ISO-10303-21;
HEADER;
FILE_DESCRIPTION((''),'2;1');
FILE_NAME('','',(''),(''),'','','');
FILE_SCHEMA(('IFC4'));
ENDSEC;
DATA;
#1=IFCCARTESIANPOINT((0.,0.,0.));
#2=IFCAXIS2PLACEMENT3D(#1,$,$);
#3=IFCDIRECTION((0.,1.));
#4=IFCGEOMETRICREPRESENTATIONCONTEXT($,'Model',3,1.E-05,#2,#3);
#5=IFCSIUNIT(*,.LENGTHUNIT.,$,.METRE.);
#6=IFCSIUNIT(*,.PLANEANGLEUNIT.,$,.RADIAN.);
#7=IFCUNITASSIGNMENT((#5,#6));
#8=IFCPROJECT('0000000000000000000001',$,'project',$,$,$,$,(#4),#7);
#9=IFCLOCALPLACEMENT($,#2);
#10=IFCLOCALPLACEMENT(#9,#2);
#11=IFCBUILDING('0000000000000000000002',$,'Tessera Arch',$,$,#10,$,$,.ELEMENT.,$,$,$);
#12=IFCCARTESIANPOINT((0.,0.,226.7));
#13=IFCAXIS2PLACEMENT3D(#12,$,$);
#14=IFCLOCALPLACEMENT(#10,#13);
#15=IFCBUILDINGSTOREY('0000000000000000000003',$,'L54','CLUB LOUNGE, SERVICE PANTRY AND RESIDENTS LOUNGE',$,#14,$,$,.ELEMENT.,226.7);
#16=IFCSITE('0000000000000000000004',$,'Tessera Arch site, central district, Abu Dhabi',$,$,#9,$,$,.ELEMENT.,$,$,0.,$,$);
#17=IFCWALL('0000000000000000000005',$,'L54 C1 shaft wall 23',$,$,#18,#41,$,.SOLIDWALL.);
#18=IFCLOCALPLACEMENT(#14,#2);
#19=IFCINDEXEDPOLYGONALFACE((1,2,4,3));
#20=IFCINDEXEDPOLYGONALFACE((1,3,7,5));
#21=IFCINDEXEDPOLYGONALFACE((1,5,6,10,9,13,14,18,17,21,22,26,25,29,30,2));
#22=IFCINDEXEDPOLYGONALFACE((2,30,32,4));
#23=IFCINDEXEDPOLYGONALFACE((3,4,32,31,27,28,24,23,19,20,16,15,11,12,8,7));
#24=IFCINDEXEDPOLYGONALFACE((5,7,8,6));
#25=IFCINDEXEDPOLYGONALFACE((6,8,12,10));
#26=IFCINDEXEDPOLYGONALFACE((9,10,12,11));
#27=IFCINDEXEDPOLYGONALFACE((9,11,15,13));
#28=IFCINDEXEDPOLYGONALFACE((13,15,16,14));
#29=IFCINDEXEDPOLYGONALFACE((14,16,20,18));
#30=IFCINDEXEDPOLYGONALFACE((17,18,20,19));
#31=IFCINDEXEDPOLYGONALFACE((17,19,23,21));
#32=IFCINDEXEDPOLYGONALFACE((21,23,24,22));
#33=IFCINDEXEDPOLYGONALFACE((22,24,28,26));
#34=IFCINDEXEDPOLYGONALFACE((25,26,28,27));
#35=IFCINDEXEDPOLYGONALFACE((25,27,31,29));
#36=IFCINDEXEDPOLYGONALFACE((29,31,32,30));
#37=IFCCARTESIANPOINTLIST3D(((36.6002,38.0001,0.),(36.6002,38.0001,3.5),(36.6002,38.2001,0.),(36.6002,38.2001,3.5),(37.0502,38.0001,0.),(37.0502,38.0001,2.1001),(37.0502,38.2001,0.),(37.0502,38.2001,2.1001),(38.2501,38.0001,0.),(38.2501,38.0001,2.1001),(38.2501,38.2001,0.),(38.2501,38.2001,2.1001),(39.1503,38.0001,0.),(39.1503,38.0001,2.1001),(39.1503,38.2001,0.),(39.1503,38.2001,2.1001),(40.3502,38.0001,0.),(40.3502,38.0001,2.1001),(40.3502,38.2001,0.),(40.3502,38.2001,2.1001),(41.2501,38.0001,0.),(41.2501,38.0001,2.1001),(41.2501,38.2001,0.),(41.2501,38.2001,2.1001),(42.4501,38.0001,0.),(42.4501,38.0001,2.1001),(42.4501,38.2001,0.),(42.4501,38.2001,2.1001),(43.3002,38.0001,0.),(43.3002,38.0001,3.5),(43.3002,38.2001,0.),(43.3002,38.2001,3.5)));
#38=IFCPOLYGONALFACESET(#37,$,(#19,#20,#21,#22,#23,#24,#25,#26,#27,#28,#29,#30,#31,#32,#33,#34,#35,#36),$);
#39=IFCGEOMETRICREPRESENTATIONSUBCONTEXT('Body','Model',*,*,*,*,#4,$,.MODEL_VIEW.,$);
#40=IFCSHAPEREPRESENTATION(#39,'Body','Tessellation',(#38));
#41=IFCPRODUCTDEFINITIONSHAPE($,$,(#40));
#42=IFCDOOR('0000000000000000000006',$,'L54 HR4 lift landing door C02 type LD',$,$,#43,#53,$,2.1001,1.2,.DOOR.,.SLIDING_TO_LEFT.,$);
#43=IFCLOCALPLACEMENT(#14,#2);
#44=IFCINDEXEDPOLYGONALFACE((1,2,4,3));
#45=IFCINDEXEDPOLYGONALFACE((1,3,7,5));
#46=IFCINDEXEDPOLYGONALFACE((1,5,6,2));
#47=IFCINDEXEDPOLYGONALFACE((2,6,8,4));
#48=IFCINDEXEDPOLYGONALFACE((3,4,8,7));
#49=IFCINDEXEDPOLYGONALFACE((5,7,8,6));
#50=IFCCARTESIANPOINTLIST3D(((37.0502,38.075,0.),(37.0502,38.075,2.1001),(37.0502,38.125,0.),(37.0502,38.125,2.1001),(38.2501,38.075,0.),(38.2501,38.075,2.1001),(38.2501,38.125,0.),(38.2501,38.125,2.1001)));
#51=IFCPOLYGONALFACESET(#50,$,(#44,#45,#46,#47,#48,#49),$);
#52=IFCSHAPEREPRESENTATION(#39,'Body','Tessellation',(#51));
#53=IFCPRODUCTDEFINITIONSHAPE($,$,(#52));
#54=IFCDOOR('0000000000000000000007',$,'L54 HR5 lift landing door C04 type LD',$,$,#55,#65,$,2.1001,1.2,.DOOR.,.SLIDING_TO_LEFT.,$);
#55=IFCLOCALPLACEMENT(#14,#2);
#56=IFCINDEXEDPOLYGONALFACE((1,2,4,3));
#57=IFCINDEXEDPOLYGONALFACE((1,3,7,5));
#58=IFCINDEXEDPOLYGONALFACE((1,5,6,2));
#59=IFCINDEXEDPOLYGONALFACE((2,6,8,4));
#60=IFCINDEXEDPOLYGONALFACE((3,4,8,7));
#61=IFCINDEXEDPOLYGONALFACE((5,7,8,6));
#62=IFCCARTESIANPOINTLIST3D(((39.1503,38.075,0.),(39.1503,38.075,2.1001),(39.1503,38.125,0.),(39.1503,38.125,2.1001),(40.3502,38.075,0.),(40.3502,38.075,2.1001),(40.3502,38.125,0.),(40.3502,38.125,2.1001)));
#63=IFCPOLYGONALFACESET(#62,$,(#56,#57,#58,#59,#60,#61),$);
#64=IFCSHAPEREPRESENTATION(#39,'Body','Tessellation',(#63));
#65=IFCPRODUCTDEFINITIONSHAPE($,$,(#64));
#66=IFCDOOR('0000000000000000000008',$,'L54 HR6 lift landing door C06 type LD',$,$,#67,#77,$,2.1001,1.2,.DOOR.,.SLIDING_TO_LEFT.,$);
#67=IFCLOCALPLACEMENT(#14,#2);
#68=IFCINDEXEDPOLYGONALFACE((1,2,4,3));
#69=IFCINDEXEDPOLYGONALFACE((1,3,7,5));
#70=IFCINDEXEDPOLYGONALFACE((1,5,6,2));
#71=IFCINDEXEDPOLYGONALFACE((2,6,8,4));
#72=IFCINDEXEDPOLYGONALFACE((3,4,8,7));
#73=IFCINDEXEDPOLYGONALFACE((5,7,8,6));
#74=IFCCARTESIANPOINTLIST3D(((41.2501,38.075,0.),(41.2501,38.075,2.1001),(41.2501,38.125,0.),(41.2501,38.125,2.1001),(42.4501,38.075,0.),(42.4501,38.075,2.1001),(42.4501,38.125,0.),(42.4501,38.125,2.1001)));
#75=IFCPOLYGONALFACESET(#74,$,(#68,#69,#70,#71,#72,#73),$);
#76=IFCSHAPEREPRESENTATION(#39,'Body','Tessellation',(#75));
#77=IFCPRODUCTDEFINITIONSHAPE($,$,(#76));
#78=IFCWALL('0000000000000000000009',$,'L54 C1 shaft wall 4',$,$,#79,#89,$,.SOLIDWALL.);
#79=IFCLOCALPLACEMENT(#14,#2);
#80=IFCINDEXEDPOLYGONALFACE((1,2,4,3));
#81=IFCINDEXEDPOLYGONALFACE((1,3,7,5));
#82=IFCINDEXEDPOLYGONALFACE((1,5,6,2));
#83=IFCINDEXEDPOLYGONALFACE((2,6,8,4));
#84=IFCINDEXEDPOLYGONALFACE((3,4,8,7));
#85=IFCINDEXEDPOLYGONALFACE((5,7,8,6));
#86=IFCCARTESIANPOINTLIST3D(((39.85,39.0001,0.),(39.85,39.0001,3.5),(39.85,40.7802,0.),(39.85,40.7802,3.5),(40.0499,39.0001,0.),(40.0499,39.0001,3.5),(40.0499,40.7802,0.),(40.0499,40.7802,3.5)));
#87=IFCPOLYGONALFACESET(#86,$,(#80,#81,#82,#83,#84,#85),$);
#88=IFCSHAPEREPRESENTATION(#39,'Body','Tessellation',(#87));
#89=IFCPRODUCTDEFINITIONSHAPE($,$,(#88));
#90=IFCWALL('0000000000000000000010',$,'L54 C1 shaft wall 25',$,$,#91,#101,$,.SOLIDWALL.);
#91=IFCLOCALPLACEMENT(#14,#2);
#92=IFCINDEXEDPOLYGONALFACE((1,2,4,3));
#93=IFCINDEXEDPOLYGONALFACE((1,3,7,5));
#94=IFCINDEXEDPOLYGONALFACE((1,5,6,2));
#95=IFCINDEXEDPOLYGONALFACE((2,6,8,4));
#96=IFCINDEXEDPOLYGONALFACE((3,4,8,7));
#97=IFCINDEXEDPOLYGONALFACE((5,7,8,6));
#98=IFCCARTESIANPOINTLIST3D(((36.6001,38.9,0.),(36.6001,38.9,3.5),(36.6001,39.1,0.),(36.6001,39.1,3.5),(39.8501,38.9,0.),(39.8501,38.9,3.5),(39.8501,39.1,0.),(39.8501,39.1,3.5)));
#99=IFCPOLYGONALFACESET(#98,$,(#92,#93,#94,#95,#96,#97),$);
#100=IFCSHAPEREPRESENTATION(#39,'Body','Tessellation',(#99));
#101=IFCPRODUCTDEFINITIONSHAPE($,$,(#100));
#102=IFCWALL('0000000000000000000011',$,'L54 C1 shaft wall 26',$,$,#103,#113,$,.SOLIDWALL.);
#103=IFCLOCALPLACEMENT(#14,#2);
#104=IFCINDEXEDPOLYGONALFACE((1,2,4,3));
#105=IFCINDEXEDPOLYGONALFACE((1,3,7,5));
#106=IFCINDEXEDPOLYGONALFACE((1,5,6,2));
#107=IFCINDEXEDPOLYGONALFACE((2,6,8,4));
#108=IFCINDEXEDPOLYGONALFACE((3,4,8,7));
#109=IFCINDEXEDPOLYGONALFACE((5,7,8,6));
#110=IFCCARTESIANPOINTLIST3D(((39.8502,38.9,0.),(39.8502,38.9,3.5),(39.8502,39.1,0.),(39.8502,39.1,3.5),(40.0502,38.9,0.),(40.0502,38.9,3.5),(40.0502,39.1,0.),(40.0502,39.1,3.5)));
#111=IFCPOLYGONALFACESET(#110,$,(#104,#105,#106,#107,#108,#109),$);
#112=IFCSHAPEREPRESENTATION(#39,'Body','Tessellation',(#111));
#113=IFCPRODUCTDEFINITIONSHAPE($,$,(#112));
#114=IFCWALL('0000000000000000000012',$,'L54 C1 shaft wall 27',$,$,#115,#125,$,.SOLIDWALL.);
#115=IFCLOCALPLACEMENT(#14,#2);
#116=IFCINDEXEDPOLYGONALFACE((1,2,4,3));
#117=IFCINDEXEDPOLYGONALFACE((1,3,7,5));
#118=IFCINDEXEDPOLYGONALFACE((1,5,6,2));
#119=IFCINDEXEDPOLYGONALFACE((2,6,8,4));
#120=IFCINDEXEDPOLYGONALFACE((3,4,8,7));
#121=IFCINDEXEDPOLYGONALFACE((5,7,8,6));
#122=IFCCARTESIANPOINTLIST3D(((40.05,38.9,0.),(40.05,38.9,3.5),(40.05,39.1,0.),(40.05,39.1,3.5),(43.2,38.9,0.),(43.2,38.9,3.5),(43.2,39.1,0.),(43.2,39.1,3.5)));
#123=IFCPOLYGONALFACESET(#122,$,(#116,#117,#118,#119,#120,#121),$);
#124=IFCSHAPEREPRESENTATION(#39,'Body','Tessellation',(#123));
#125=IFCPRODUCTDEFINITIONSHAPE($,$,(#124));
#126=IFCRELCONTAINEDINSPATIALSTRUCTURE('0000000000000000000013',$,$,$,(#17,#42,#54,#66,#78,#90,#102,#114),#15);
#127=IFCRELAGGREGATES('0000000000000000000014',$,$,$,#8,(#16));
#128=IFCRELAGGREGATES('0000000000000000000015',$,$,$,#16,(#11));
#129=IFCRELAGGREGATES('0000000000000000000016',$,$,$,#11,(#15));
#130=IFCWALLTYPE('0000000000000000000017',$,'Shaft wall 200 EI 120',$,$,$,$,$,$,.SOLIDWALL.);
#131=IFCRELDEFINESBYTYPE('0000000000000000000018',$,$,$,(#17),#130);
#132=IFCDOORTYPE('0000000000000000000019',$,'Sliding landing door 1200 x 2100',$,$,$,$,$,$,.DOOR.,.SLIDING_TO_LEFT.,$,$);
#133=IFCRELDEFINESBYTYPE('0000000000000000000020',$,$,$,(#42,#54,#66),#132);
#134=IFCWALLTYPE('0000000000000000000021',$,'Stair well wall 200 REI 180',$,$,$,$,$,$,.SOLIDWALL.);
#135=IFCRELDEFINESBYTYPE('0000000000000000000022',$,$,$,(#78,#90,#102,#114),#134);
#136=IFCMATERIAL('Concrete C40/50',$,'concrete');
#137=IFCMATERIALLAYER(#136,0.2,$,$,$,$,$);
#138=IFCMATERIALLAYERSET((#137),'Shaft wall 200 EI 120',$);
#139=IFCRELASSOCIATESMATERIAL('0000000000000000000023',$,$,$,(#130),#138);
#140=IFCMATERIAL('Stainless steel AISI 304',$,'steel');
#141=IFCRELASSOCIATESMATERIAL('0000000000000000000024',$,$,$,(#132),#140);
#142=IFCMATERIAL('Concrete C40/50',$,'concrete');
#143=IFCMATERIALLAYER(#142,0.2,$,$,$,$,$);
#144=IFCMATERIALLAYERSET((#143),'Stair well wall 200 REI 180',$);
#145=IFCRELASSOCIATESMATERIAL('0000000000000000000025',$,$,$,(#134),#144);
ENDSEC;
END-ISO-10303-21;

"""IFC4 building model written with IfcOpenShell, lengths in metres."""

from ifc_helpers import new_model, si_unit, direction, frame, frame_2d, origin, place, context, subcontext, project, spatial, rectangle, extrude, material, layer, layer_set, type_object, element, fill, save


model = new_model("IFC4")

# Units and contexts
model_context = context("Model", 3, precision=1e-05, world=origin(), true_north=direction((0.0, 1.0)))
body_context = subcontext(model_context, "Body", "Model", "MODEL_VIEW")
ifc_project = project(units=[si_unit("LENGTHUNIT", "METRE"), si_unit("PLANEANGLEUNIT", "RADIAN")], contexts=[model_context])

# Site, building, storey
site_placement = place(None, origin())
site = spatial("IfcSite", under=ifc_project, at=site_placement, Name="Tessera Arch site, central district, Abu Dhabi", CompositionType="ELEMENT", RefElevation=0.0)
building_placement = place(site_placement, origin())
building = spatial("IfcBuilding", under=site, at=building_placement, Name="Tessera Arch", CompositionType="ELEMENT")
storey_placement = place(building_placement, frame((0.0, 0.0, 226.7)))
storey = spatial("IfcBuildingStorey", under=building, at=storey_placement, Name="L54", Description="CLUB LOUNGE, SERVICE PANTRY AND RESIDENTS LOUNGE", CompositionType="ELEMENT", Elevation=226.7)

# Shared definitions
ifc_material_1 = material(Name="Concrete C40/50", Category="concrete")
ifc_layer_1 = layer(ifc_material_1, 0.2)
ifc_layer_set_1 = layer_set([ifc_layer_1], Name="Shaft wall 200 EI 120")
wall_type_1 = type_object("IfcWallType", Name="Shaft wall 200 EI 120", PredefinedType="SOLIDWALL", material=ifc_layer_set_1)

# Shared definitions
ifc_material_2 = material(Name="Stainless steel AISI 304", Category="steel")
door_type = type_object("IfcDoorType", Name="Sliding landing door 1200 x 2100", OperationType="SLIDING_TO_LEFT", PredefinedType="DOOR", material=ifc_material_2)

# Wall, openings, doors
wall_1_placement = place(storey_placement, frame((36.6001, 38.1001, 0.0), z_axis=(0.0, 0.0, 1.0), x_axis=(1.0, 0.0, 0.0)))
wall_1 = element("IfcWall", 1, at=wall_1_placement, inside=storey, type_object=wall_type_1, Name="L54 C1 shaft wall 23", PredefinedType="SOLIDWALL", context=body_context, shape_type="SweptSolid", body=[
    extrude(rectangle(XDim=6.7, YDim=0.2, at=frame_2d((3.3501, 0.0))), origin(), (0.0, 0.0, 1.0), 3.5),
])
opening_1_placement = place(wall_1_placement, frame((0.45, 0.0, 0.0)))
opening_1 = element("IfcOpeningElement", 2, at=opening_1_placement, cuts=wall_1, PredefinedType="OPENING", context=body_context, shape_type="SweptSolid", body=[
    extrude(rectangle(XDim=1.2, YDim=2.1001, at=frame_2d((0.6001, 1.05))), frame((0.0, 0.1099, 0.0), z_axis=(0.0, -1.0, 0.0), x_axis=(1.0, 0.0, 0.0)), (0.0, 0.0, 1.0), 0.22),
])
opening_2_placement = place(wall_1_placement, frame((2.55, 0.0, 0.0)))
opening_2 = element("IfcOpeningElement", 3, at=opening_2_placement, cuts=wall_1, PredefinedType="OPENING", context=body_context, shape_type="SweptSolid", body=[
    extrude(rectangle(XDim=1.2, YDim=2.1001, at=frame_2d((0.6001, 1.05))), frame((0.0, 0.1099, 0.0), z_axis=(0.0, -1.0, 0.0), x_axis=(1.0, 0.0, 0.0)), (0.0, 0.0, 1.0), 0.22),
])
opening_3_placement = place(wall_1_placement, frame((4.6499, 0.0, 0.0)))
opening_3 = element("IfcOpeningElement", 4, at=opening_3_placement, cuts=wall_1, PredefinedType="OPENING", context=body_context, shape_type="SweptSolid", body=[
    extrude(rectangle(XDim=1.2, YDim=2.1001, at=frame_2d((0.6001, 1.05))), frame((0.0, 0.1099, 0.0), z_axis=(0.0, -1.0, 0.0), x_axis=(1.0, 0.0, 0.0)), (0.0, 0.0, 1.0), 0.22),
])
door_1_placement = place(opening_1_placement, origin())
door_1 = element("IfcDoor", 5, at=door_1_placement, inside=storey, type_object=door_type, Name="L54 HR4 lift landing door C02 type LD", OperationType="SLIDING_TO_LEFT", OverallHeight=2.1001, OverallWidth=1.2, PredefinedType="DOOR", context=body_context, shape_type="SweptSolid", body=[
    extrude(rectangle(XDim=1.2, YDim=2.1001, at=frame_2d((0.6001, 1.05))), frame((0.0, 0.0249, 0.0), z_axis=(0.0, -1.0, 0.0), x_axis=(1.0, 0.0, 0.0)), (0.0, 0.0, 1.0), 0.05),
])
fill(opening_1, door_1)
door_2_placement = place(opening_2_placement, origin())
door_2 = element("IfcDoor", 6, at=door_2_placement, inside=storey, type_object=door_type, Name="L54 HR5 lift landing door C04 type LD", OperationType="SLIDING_TO_LEFT", OverallHeight=2.1001, OverallWidth=1.2, PredefinedType="DOOR", context=body_context, shape_type="SweptSolid", body=[
    extrude(rectangle(XDim=1.2, YDim=2.1001, at=frame_2d((0.6001, 1.05))), frame((0.0, 0.0249, 0.0), z_axis=(0.0, -1.0, 0.0), x_axis=(1.0, 0.0, 0.0)), (0.0, 0.0, 1.0), 0.05),
])
fill(opening_2, door_2)
door_3_placement = place(opening_3_placement, origin())
door_3 = element("IfcDoor", 7, at=door_3_placement, inside=storey, type_object=door_type, Name="L54 HR6 lift landing door C06 type LD", OperationType="SLIDING_TO_LEFT", OverallHeight=2.1001, OverallWidth=1.2, PredefinedType="DOOR", context=body_context, shape_type="SweptSolid", body=[
    extrude(rectangle(XDim=1.2, YDim=2.1001, at=frame_2d((0.6001, 1.05))), frame((0.0, 0.0249, 0.0), z_axis=(0.0, -1.0, 0.0), x_axis=(1.0, 0.0, 0.0)), (0.0, 0.0, 1.0), 0.05),
])
fill(opening_3, door_3)

# Walls
ifc_material_3 = material(Name="Concrete C40/50", Category="concrete")
ifc_layer_2 = layer(ifc_material_3, 0.2)
ifc_layer_set_2 = layer_set([ifc_layer_2], Name="Stair well wall 200 REI 180")
wall_type_2 = type_object("IfcWallType", Name="Stair well wall 200 REI 180", PredefinedType="SOLIDWALL", material=ifc_layer_set_2)
wall_2_placement = place(storey_placement, frame((39.95, 39.0, 0.0), z_axis=(0.0, 0.0, 1.0), x_axis=(0.0, 1.0, 0.0)))
element("IfcWall", 8, at=wall_2_placement, inside=storey, type_object=wall_type_2, Name="L54 C1 shaft wall 4", PredefinedType="SOLIDWALL", context=body_context, shape_type="SweptSolid", body=[
    extrude(rectangle(XDim=1.78, YDim=0.2, at=frame_2d((0.8901, 0.0))), origin(), (0.0, 0.0, 1.0), 3.5),
])
wall_3_placement = place(storey_placement, frame((36.6001, 39.0, 0.0), z_axis=(0.0, 0.0, 1.0), x_axis=(1.0, 0.0, 0.0)))
element("IfcWall", 9, at=wall_3_placement, inside=storey, type_object=wall_type_2, Name="L54 C1 shaft wall 25", PredefinedType="SOLIDWALL", context=body_context, shape_type="SweptSolid", body=[
    extrude(rectangle(XDim=3.25, YDim=0.2, at=frame_2d((1.625, 0.0))), origin(), (0.0, 0.0, 1.0), 3.5),
])
wall_4_placement = place(storey_placement, frame((39.8501, 39.0, 0.0), z_axis=(0.0, 0.0, 1.0), x_axis=(1.0, 0.0, 0.0)))
element("IfcWall", 10, at=wall_4_placement, inside=storey, type_object=wall_type_2, Name="L54 C1 shaft wall 26", PredefinedType="SOLIDWALL", context=body_context, shape_type="SweptSolid", body=[
    extrude(rectangle(XDim=0.2, YDim=0.2, at=frame_2d((0.1001, 0.0))), origin(), (0.0, 0.0, 1.0), 3.5),
])
wall_5_placement = place(storey_placement, frame((40.05, 39.0, 0.0), z_axis=(0.0, 0.0, 1.0), x_axis=(1.0, 0.0, 0.0)))
element("IfcWall", 11, at=wall_5_placement, inside=storey, type_object=wall_type_2, Name="L54 C1 shaft wall 27", PredefinedType="SOLIDWALL", context=body_context, shape_type="SweptSolid", body=[
    extrude(rectangle(XDim=3.1499, YDim=0.2, at=frame_2d((1.575, 0.0))), origin(), (0.0, 0.0, 1.0), 3.5),
])

save(model, "model.ifc")
